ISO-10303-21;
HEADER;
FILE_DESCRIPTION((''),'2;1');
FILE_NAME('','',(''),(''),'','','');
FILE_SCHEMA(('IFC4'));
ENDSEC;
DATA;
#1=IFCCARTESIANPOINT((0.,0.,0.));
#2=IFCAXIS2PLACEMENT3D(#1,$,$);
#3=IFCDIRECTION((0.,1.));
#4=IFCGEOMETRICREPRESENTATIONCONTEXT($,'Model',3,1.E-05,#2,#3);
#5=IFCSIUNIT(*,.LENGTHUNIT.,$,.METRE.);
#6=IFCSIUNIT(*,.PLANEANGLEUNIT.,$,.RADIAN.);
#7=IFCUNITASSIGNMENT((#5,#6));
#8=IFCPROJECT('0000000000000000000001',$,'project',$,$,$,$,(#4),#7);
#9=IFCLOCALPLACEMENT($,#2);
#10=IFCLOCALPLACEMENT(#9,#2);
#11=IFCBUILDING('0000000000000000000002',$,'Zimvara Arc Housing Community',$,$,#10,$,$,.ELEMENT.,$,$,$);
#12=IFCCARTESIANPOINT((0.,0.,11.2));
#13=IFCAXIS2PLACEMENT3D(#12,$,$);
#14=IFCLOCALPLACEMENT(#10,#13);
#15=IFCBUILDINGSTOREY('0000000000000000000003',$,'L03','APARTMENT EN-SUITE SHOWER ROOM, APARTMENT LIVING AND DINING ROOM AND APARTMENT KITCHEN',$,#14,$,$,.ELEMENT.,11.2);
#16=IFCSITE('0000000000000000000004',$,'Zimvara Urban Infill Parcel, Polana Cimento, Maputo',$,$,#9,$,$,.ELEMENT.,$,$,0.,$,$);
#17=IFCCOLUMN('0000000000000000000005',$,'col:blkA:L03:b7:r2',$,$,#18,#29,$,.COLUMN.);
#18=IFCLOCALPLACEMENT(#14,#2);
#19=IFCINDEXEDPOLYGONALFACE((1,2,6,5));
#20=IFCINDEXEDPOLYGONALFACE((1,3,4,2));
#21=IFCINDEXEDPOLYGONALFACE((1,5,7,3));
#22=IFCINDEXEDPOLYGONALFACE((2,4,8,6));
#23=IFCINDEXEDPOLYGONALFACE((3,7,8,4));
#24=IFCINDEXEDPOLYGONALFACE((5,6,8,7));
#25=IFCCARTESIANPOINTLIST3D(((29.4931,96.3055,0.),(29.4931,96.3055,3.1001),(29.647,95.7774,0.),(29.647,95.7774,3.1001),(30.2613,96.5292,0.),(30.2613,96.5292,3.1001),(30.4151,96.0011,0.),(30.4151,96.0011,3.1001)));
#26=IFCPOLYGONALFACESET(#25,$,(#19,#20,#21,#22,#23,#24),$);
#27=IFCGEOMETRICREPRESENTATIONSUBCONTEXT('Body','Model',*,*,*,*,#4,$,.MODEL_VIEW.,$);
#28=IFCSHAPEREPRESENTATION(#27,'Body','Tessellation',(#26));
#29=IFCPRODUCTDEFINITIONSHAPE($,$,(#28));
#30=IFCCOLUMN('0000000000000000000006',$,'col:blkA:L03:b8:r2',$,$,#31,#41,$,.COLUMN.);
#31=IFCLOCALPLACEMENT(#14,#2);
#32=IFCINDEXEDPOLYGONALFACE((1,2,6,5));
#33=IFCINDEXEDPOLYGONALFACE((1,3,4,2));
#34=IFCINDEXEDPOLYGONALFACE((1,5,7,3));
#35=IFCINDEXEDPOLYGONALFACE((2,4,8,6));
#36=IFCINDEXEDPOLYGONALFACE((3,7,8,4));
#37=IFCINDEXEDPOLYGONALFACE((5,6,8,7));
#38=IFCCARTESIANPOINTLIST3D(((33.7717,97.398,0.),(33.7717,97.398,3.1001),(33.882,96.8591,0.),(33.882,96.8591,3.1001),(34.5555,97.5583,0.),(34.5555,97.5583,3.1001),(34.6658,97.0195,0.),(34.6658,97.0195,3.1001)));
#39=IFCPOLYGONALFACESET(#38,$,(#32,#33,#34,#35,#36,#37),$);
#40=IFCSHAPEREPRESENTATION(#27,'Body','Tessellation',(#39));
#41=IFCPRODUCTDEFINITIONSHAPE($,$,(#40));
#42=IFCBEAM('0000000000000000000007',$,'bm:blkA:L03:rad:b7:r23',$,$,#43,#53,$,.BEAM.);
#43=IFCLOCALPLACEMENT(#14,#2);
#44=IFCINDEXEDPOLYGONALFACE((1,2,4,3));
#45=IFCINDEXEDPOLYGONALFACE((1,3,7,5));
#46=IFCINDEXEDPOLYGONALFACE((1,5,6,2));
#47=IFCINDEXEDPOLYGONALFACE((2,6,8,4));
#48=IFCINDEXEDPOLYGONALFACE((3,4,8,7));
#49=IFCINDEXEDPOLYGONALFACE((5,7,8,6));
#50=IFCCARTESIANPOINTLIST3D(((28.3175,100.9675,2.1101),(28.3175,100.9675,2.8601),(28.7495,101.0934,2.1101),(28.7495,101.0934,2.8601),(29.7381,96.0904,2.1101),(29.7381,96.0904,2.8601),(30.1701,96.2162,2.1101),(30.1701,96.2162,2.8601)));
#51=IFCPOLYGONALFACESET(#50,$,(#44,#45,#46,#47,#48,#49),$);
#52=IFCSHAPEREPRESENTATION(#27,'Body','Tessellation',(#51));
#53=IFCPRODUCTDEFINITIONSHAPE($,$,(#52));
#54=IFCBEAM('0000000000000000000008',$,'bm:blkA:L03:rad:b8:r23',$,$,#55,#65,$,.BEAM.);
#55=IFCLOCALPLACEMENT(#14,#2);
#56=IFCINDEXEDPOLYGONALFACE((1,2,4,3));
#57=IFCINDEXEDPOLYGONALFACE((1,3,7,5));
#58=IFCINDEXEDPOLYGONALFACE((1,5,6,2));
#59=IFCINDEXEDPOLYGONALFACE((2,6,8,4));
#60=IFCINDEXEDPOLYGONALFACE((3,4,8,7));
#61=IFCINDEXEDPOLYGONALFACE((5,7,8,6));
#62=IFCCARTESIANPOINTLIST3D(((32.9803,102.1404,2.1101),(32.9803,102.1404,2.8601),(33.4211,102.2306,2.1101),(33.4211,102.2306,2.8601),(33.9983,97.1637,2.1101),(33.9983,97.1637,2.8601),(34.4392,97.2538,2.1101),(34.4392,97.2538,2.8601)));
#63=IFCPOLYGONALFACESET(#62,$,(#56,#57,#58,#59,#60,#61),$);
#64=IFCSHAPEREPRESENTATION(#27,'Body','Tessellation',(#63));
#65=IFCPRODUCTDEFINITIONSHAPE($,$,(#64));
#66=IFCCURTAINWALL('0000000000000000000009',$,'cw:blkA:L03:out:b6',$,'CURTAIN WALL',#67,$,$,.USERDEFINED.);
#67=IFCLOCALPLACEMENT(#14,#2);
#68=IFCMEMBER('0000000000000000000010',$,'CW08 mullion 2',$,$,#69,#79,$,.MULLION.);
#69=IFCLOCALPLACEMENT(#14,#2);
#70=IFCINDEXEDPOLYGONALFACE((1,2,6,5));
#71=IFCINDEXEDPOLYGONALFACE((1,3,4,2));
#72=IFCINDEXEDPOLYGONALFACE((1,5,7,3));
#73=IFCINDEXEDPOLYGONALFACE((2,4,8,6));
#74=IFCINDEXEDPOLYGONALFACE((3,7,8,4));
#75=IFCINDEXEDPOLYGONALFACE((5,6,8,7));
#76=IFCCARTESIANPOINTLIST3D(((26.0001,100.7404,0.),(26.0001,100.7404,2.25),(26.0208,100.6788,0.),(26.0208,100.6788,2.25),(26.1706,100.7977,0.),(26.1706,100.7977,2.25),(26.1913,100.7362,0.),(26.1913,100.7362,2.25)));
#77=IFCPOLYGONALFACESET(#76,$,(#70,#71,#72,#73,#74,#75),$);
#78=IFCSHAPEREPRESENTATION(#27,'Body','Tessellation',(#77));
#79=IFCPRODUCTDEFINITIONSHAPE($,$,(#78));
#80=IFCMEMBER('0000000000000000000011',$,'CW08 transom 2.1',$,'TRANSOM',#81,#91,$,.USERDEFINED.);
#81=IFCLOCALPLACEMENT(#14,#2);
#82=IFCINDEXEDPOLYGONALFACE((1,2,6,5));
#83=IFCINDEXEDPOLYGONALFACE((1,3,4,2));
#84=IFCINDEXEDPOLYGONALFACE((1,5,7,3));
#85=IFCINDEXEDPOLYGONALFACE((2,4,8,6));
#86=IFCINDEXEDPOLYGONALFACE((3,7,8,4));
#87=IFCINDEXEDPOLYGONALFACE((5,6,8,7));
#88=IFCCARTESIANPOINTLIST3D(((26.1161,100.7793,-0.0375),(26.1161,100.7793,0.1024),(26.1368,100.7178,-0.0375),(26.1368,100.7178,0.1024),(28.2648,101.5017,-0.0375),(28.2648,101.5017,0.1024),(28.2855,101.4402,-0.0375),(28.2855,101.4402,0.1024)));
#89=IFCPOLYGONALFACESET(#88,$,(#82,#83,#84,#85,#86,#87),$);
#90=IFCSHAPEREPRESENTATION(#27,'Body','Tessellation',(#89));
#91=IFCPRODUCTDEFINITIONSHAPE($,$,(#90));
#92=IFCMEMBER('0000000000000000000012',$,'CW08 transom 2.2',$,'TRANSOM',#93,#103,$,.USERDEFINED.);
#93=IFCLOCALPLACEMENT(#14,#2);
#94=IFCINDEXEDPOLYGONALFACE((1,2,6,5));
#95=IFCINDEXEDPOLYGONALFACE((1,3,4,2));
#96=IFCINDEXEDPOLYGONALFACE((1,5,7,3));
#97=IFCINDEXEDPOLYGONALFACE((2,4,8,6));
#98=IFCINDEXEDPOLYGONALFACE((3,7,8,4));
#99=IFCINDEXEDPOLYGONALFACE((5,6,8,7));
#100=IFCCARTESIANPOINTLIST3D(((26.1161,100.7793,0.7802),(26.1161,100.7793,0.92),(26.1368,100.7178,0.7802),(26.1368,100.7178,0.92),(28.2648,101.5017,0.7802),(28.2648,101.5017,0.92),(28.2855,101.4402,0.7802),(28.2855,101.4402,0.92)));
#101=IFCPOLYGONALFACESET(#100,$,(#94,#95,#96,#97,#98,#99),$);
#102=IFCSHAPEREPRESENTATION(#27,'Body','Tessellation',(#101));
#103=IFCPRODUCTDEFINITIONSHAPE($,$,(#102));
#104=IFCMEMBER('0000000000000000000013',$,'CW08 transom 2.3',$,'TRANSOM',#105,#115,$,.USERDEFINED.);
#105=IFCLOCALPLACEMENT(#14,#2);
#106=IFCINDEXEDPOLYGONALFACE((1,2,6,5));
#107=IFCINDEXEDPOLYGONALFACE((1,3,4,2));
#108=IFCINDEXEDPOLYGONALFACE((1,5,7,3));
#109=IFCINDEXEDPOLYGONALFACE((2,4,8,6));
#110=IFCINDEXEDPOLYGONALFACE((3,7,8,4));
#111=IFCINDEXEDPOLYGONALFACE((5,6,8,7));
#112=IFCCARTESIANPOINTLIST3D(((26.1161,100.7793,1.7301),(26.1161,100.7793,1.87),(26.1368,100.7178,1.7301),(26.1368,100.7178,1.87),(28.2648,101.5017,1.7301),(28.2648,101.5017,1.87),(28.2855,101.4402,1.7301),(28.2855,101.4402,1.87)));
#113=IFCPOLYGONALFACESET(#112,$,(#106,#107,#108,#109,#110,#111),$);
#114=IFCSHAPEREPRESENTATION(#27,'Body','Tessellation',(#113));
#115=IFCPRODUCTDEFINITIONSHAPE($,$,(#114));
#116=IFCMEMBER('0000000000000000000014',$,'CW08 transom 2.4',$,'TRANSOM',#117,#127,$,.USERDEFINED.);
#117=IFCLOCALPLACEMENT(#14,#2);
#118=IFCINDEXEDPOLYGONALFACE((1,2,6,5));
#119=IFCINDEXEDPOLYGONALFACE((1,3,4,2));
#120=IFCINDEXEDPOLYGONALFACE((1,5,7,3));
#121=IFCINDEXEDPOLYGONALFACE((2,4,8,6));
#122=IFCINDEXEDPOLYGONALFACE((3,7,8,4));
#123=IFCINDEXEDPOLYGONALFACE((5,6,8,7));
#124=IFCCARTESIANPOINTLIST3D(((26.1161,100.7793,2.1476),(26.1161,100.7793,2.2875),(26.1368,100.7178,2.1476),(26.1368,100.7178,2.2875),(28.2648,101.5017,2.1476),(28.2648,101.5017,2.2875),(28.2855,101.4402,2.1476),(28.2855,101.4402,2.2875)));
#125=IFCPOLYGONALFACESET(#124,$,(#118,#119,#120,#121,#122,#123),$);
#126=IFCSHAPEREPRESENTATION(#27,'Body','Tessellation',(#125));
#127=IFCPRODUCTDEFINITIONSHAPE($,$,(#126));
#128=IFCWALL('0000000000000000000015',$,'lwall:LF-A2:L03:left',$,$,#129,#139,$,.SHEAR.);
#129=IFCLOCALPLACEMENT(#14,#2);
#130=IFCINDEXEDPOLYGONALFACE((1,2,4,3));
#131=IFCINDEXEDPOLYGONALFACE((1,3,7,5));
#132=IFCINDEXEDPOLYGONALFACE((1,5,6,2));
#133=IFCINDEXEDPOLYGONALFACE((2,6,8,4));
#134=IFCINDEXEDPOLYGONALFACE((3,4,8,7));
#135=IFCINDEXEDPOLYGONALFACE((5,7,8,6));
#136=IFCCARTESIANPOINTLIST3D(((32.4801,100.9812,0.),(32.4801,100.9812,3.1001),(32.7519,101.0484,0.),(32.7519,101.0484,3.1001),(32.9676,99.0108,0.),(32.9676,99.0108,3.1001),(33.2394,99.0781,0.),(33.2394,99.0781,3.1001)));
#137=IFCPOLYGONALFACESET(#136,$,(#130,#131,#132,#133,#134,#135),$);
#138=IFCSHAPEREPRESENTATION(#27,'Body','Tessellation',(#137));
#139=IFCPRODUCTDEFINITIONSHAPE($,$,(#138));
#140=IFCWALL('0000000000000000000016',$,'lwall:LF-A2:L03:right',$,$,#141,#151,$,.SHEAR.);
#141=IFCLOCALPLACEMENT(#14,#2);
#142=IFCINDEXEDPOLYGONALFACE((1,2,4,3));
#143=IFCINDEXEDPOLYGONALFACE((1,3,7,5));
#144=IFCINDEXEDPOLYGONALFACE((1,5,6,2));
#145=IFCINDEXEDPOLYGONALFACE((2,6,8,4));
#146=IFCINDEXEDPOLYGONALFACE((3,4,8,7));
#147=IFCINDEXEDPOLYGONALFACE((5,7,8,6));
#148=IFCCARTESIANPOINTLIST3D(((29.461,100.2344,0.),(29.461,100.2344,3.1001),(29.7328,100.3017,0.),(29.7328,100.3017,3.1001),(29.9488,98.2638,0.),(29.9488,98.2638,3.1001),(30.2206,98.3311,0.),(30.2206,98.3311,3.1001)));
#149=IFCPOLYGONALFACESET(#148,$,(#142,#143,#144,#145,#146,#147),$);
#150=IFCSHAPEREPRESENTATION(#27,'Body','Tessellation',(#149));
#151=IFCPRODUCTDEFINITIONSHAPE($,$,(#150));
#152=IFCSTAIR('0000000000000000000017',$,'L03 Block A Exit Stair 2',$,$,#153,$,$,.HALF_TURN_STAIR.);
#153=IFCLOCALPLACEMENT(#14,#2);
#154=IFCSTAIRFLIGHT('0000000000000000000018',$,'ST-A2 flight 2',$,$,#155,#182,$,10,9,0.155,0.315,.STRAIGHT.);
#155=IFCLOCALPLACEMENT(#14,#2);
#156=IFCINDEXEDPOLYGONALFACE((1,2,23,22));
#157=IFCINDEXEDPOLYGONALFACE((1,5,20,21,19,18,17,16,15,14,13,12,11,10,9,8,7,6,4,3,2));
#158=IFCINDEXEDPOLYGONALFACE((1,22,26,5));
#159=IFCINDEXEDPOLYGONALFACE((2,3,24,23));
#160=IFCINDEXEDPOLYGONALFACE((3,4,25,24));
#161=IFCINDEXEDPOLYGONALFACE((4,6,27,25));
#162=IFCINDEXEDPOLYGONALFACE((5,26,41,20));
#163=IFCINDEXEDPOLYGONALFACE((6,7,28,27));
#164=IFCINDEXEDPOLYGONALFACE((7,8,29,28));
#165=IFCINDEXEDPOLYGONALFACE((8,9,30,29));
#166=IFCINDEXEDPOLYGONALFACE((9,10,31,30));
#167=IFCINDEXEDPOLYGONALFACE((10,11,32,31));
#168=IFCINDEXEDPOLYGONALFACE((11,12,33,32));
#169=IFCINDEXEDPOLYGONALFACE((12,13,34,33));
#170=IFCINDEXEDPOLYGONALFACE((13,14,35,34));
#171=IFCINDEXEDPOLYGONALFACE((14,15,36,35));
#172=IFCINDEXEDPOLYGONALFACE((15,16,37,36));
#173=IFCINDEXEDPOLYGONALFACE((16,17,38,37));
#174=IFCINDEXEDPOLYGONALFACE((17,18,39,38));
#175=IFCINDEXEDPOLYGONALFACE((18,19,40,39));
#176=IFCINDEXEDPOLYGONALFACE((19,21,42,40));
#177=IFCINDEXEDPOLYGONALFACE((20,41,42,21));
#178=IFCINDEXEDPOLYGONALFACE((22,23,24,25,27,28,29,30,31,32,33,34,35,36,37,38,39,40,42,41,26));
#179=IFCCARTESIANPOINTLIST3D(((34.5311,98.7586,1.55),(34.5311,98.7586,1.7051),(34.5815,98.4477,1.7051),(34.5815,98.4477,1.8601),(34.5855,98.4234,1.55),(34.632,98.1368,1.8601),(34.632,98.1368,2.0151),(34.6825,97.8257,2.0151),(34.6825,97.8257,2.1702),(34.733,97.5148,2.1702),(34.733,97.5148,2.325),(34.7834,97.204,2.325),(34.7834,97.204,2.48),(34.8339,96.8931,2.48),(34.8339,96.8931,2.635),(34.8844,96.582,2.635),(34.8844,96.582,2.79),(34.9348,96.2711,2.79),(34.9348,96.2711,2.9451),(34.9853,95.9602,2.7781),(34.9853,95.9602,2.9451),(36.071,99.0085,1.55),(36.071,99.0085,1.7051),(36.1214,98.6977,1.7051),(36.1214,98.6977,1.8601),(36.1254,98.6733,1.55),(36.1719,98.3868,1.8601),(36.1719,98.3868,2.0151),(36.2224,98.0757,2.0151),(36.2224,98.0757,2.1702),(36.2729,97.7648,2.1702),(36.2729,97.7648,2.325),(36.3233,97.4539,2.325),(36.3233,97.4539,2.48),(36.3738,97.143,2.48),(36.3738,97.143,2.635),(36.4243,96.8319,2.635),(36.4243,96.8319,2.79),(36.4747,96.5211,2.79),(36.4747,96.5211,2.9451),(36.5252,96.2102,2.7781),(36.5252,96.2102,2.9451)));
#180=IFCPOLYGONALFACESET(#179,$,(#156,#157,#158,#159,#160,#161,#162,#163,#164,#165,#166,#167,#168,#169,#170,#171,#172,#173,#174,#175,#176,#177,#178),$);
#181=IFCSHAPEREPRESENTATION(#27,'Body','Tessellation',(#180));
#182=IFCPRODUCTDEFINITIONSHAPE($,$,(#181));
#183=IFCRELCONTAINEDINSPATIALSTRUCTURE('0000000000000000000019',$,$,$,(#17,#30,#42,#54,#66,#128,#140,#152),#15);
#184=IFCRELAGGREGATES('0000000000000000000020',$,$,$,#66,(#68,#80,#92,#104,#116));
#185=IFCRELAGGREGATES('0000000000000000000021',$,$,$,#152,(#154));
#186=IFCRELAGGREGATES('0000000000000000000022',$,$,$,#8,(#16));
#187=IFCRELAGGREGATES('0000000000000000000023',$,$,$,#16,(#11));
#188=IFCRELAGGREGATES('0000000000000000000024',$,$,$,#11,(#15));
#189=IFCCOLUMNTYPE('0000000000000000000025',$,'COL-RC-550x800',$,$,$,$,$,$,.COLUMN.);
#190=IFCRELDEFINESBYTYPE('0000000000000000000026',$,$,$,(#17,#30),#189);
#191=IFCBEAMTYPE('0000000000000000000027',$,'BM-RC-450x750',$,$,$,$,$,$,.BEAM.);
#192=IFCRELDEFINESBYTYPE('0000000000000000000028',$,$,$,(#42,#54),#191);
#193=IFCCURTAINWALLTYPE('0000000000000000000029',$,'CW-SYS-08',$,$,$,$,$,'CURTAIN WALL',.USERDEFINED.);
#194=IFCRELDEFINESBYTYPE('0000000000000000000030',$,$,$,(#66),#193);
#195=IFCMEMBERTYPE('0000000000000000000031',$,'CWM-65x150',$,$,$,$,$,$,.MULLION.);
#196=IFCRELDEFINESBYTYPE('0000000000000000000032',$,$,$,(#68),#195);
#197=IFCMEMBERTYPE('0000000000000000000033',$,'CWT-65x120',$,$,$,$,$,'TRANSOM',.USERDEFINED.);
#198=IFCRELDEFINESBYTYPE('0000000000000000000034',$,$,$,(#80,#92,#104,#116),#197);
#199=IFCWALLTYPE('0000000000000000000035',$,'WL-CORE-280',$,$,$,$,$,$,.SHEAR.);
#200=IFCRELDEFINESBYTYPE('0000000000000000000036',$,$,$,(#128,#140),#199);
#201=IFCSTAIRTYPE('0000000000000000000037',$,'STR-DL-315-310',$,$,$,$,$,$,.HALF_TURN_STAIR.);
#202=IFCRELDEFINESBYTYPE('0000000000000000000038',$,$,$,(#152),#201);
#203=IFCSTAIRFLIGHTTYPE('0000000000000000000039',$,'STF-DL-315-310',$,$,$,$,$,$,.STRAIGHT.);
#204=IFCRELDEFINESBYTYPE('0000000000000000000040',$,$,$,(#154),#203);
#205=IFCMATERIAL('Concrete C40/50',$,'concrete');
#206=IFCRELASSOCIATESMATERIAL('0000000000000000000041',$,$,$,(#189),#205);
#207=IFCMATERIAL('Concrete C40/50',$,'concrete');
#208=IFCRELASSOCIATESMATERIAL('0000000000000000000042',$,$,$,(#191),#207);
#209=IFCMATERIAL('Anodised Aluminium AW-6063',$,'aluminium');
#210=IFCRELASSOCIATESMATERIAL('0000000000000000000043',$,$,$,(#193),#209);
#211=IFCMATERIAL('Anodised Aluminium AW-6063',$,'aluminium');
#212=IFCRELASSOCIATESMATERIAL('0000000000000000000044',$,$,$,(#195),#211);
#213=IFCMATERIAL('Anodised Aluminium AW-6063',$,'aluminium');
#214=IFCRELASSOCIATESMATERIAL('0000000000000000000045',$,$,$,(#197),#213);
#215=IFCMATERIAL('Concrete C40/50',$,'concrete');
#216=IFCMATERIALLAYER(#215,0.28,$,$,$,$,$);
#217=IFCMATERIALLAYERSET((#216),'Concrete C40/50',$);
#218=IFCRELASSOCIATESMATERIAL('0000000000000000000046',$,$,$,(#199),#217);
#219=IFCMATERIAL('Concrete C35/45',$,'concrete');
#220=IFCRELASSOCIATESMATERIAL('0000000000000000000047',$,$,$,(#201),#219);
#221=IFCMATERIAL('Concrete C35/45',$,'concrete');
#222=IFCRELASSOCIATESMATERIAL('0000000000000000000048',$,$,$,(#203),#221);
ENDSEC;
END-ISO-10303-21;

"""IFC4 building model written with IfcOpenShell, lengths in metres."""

from ifc_helpers import new_model, si_unit, direction, frame, frame_2d, origin, origin_2d, place, context, subcontext, project, spatial, polyline, rectangle, outline, extrude, material, layer, layer_set, material_profile, profile_set, type_object, element, aggregate, save


model = new_model("IFC4")

# Units and contexts
model_context = context("Model", 3, precision=1e-05, world=origin(), true_north=direction((0.0, 1.0)))
body_context = subcontext(model_context, "Body", "Model", "MODEL_VIEW")
ifc_project = project(units=[si_unit("LENGTHUNIT", "METRE"), si_unit("PLANEANGLEUNIT", "RADIAN")], contexts=[model_context])

# Site, building, storey
site_placement = place(None, origin())
site = spatial("IfcSite", under=ifc_project, at=site_placement, Name="Zimvara Urban Infill Parcel, Polana Cimento, Maputo", CompositionType="ELEMENT", RefElevation=0.0)
building_placement = place(site_placement, origin())
building = spatial("IfcBuilding", under=site, at=building_placement, Name="Zimvara Arc Housing Community", CompositionType="ELEMENT")
storey_placement = place(building_placement, frame((0.0, 0.0, 11.2)))
storey = spatial("IfcBuildingStorey", under=building, at=storey_placement, Name="L03", Description="APARTMENT EN-SUITE SHOWER ROOM, APARTMENT LIVING AND DINING ROOM AND APARTMENT KITCHEN", CompositionType="ELEMENT", Elevation=11.2)

# Columns
ifc_material_1 = material(Name="Concrete C40/50", Category="concrete")
ifc_material_profile_1 = material_profile(ifc_material_1, rectangle(XDim=0.55, YDim=0.8, at=origin_2d()), Name="RC 550x800")
ifc_profile_set_1 = profile_set([ifc_material_profile_1], Name="Concrete C40/50")
column_type = type_object("IfcColumnType", Name="COL-RC-550x800", PredefinedType="COLUMN", material=ifc_profile_set_1)
for number, where, z_axis, x_axis, name in (
    (1, (29.9541, 96.1533, 0.0), (0.0, 0.0, 1.0), (-0.279661, 0.960099, 0.0), "col:blkA:L03:b7:r2"),
    (2, (34.2188, 97.2087, 0.0), (0.0, 0.0, 1.0), (-0.200394, 0.979715, 0.0), "col:blkA:L03:b8:r2"),
):
    element("IfcColumn", number, at=place(storey_placement, frame(where, z_axis=z_axis, x_axis=x_axis)), inside=storey, type_object=column_type, Name=name, PredefinedType="COLUMN", context=body_context, shape_type="SweptSolid", body=[
        extrude(rectangle(XDim=0.55, YDim=0.8, at=origin_2d()), origin(), (0.0, 0.0, 1.0), 3.1001),
    ])

# Beams
ifc_material_2 = material(Name="Concrete C40/50", Category="concrete")
ifc_material_profile_2 = material_profile(ifc_material_2, rectangle(XDim=0.45, YDim=0.75, at=origin_2d()), Name="RC 450x750")
ifc_profile_set_2 = profile_set([ifc_material_profile_2], Name="Concrete C40/50")
beam_type = type_object("IfcBeamType", Name="BM-RC-450x750", PredefinedType="BEAM", material=ifc_profile_set_2)
for number, where, z_axis, x_axis, name in (
    (3, (29.9541, 96.1533, 2.4851), (-0.279662, 0.960098, 0.0), (-0.960098, -0.279662, 0.0), "bm:blkA:L03:rad:b7:r23"),
    (4, (34.2188, 97.2087, 2.4851), (-0.200412, 0.979712, 0.0), (-0.979712, -0.200412, 0.0), "bm:blkA:L03:rad:b8:r23"),
):
    element("IfcBeam", number, at=place(storey_placement, frame(where, z_axis=z_axis, x_axis=x_axis)), inside=storey, type_object=beam_type, Name=name, PredefinedType="BEAM", context=body_context, shape_type="SweptSolid", body=[
        extrude(rectangle(XDim=0.45, YDim=0.75, at=origin_2d()), origin(), (0.0, 0.0, 1.0), 5.0798),
    ])

# Curtain wall, members
ifc_material_3 = material(Name="Anodised Aluminium AW-6063", Category="aluminium")
curtain_wall_type = type_object("IfcCurtainWallType", Name="CW-SYS-08", ElementType="CURTAIN WALL", PredefinedType="USERDEFINED", material=ifc_material_3)
curtain_wall_placement = place(storey_placement, origin())
curtain_wall = element("IfcCurtainWall", 5, at=curtain_wall_placement, inside=storey, type_object=curtain_wall_type, Name="cw:blkA:L03:out:b6", ObjectType="CURTAIN WALL", PredefinedType="USERDEFINED")
ifc_material_4 = material(Name="Anodised Aluminium AW-6063", Category="aluminium")
ifc_material_profile_3 = material_profile(ifc_material_4, rectangle(XDim=0.0649, YDim=0.1799, at=origin_2d()), Name="ALU 65x180")
ifc_profile_set_3 = profile_set([ifc_material_profile_3], Name="Anodised Aluminium AW-6063")
member_type_1 = type_object("IfcMemberType", Name="CWM-65x150", PredefinedType="MULLION", material=ifc_profile_set_3)
member_1_placement = place(storey_placement, frame((26.0957, 100.7383, 0.0), z_axis=(0.0, 0.0, 1.0), x_axis=(-0.318629, 0.94788, 0.0)))
member_1 = element("IfcMember", 6, at=member_1_placement, type_object=member_type_1, Name="CW08 mullion 2", PredefinedType="MULLION", context=body_context, shape_type="SweptSolid", body=[
    extrude(rectangle(XDim=0.0649, YDim=0.1799, at=origin_2d()), origin(), (0.0, 0.0, 1.0), 2.25),
])
ifc_material_5 = material(Name="Anodised Aluminium AW-6063", Category="aluminium")
ifc_material_profile_4 = material_profile(ifc_material_5, rectangle(XDim=0.0649, YDim=0.1399, at=origin_2d()), Name="ALU 65x140")
ifc_profile_set_4 = profile_set([ifc_material_profile_4], Name="Anodised Aluminium AW-6063")
member_type_2 = type_object("IfcMemberType", Name="CWT-65x120", ElementType="TRANSOM", PredefinedType="USERDEFINED", material=ifc_profile_set_4)
member_2_placement = place(storey_placement, frame((26.1265, 100.7485, 0.0325), z_axis=(0.947862, 0.318682, 0.0), x_axis=(-0.318682, 0.947862, 0.0)))
member_2 = element("IfcMember", 7, at=member_2_placement, type_object=member_type_2, Name="CW08 transom 2.1", ObjectType="TRANSOM", PredefinedType="USERDEFINED", context=body_context, shape_type="SweptSolid", body=[
    extrude(rectangle(XDim=0.0649, YDim=0.1399, at=origin_2d()), origin(), (0.0, 0.0, 1.0), 2.2668),
])
member_3_placement = place(storey_placement, frame((26.1265, 100.7485, 0.8501), z_axis=(0.947862, 0.318682, 0.0), x_axis=(-0.318682, 0.947862, 0.0)))
member_3 = element("IfcMember", 8, at=member_3_placement, type_object=member_type_2, Name="CW08 transom 2.2", ObjectType="TRANSOM", PredefinedType="USERDEFINED", context=body_context, shape_type="SweptSolid", body=[
    extrude(rectangle(XDim=0.0649, YDim=0.1399, at=origin_2d()), origin(), (0.0, 0.0, 1.0), 2.2668),
])
member_4_placement = place(storey_placement, frame((26.1265, 100.7485, 1.8), z_axis=(0.947862, 0.318682, 0.0), x_axis=(-0.318682, 0.947862, 0.0)))
member_4 = element("IfcMember", 9, at=member_4_placement, type_object=member_type_2, Name="CW08 transom 2.3", ObjectType="TRANSOM", PredefinedType="USERDEFINED", context=body_context, shape_type="SweptSolid", body=[
    extrude(rectangle(XDim=0.0649, YDim=0.1399, at=origin_2d()), origin(), (0.0, 0.0, 1.0), 2.2668),
])
member_5_placement = place(storey_placement, frame((26.1265, 100.7485, 2.2175), z_axis=(0.947862, 0.318682, 0.0), x_axis=(-0.318682, 0.947862, 0.0)))
member_5 = element("IfcMember", 10, at=member_5_placement, type_object=member_type_2, Name="CW08 transom 2.4", ObjectType="TRANSOM", PredefinedType="USERDEFINED", context=body_context, shape_type="SweptSolid", body=[
    extrude(rectangle(XDim=0.0649, YDim=0.1399, at=origin_2d()), origin(), (0.0, 0.0, 1.0), 2.2668),
])
aggregate(curtain_wall, [member_1, member_2, member_3, member_4, member_5])

# Shared definitions
ifc_material_6 = material(Name="Concrete C40/50", Category="concrete")
ifc_layer = layer(ifc_material_6, 0.28)
ifc_layer_set = layer_set([ifc_layer], Name="Concrete C40/50")
wall_type = type_object("IfcWallType", Name="WL-CORE-280", PredefinedType="SHEAR", material=ifc_layer_set)

# Walls
wall_1_placement = place(storey_placement, frame((33.1035, 99.0444, 0.0), z_axis=(0.0, 0.0, 1.0), x_axis=(-0.240186, 0.970727, 0.0)))
element("IfcWall", 11, at=wall_1_placement, inside=storey, type_object=wall_type, Name="lwall:LF-A2:L03:left", PredefinedType="SHEAR", context=body_context, shape_type="SweptSolid", body=[
    extrude(rectangle(XDim=2.0298, YDim=0.28, at=frame_2d((1.0149, 0.0))), origin(), (0.0, 0.0, 1.0), 3.1001),
])
wall_2_placement = place(storey_placement, frame((30.0847, 98.2974, 0.0), z_axis=(0.0, 0.0, 1.0), x_axis=(-0.240299, 0.970699, 0.0)))
element("IfcWall", 12, at=wall_2_placement, inside=storey, type_object=wall_type, Name="lwall:LF-A2:L03:right", PredefinedType="SHEAR", context=body_context, shape_type="SweptSolid", body=[
    extrude(rectangle(XDim=2.03, YDim=0.28, at=frame_2d((1.0151, 0.0))), origin(), (0.0, 0.0, 1.0), 3.1001),
])

# Stair, stair flight
ifc_material_7 = material(Name="Concrete C35/45", Category="concrete")
stair_type = type_object("IfcStairType", Name="STR-DL-315-310", PredefinedType="HALF_TURN_STAIR", material=ifc_material_7)
stair_placement = place(storey_placement, origin())
stair = element("IfcStair", 13, at=stair_placement, inside=storey, type_object=stair_type, Name="L03 Block A Exit Stair 2", PredefinedType="HALF_TURN_STAIR")
ifc_material_8 = material(Name="Concrete C35/45", Category="concrete")
stair_flight_type = type_object("IfcStairFlightType", Name="STF-DL-315-310", PredefinedType="STRAIGHT", material=ifc_material_8)
stair_flight_placement = place(storey_placement, frame((35.301, 98.8835, 1.55), z_axis=(0.0, 0.0, 1.0), x_axis=(0.160226, -0.98708, 0.0)))
stair_flight = element("IfcStairFlight", 14, at=stair_flight_placement, type_object=stair_flight_type, Name="ST-A2 flight 2", NumberOfRisers=10, NumberOfTreads=9, PredefinedType="STRAIGHT", RiserHeight=0.155, TreadLength=0.315, context=body_context, shape_type="SweptSolid", body=[
    extrude(outline(polyline([(0.0, 0.0), (0.0, 0.155), (0.3149, 0.155), (0.3149, 0.3101), (0.6299, 0.3101), (0.6299, 0.4651), (0.9451, 0.4651), (0.9451, 0.6201), (1.26, 0.6201), (1.26, 0.7749), (1.575, 0.7749), (1.575, 0.9299), (1.8899, 0.9299), (1.8899, 1.085), (2.2051, 1.085), (2.2051, 1.24), (2.52, 1.24), (2.52, 1.395), (2.835, 1.395), (2.835, 1.55), (2.835, 1.228), (0.3396, 0.0), (0.0, 0.0)])), frame((0.0, 0.78, 0.0), z_axis=(0.0, -1.0, 0.0), x_axis=(1.0, 0.0, 0.0)), (0.0, 0.0, 1.0), 1.5601),
])
aggregate(stair, [stair_flight])

save(model, "model.ifc")
